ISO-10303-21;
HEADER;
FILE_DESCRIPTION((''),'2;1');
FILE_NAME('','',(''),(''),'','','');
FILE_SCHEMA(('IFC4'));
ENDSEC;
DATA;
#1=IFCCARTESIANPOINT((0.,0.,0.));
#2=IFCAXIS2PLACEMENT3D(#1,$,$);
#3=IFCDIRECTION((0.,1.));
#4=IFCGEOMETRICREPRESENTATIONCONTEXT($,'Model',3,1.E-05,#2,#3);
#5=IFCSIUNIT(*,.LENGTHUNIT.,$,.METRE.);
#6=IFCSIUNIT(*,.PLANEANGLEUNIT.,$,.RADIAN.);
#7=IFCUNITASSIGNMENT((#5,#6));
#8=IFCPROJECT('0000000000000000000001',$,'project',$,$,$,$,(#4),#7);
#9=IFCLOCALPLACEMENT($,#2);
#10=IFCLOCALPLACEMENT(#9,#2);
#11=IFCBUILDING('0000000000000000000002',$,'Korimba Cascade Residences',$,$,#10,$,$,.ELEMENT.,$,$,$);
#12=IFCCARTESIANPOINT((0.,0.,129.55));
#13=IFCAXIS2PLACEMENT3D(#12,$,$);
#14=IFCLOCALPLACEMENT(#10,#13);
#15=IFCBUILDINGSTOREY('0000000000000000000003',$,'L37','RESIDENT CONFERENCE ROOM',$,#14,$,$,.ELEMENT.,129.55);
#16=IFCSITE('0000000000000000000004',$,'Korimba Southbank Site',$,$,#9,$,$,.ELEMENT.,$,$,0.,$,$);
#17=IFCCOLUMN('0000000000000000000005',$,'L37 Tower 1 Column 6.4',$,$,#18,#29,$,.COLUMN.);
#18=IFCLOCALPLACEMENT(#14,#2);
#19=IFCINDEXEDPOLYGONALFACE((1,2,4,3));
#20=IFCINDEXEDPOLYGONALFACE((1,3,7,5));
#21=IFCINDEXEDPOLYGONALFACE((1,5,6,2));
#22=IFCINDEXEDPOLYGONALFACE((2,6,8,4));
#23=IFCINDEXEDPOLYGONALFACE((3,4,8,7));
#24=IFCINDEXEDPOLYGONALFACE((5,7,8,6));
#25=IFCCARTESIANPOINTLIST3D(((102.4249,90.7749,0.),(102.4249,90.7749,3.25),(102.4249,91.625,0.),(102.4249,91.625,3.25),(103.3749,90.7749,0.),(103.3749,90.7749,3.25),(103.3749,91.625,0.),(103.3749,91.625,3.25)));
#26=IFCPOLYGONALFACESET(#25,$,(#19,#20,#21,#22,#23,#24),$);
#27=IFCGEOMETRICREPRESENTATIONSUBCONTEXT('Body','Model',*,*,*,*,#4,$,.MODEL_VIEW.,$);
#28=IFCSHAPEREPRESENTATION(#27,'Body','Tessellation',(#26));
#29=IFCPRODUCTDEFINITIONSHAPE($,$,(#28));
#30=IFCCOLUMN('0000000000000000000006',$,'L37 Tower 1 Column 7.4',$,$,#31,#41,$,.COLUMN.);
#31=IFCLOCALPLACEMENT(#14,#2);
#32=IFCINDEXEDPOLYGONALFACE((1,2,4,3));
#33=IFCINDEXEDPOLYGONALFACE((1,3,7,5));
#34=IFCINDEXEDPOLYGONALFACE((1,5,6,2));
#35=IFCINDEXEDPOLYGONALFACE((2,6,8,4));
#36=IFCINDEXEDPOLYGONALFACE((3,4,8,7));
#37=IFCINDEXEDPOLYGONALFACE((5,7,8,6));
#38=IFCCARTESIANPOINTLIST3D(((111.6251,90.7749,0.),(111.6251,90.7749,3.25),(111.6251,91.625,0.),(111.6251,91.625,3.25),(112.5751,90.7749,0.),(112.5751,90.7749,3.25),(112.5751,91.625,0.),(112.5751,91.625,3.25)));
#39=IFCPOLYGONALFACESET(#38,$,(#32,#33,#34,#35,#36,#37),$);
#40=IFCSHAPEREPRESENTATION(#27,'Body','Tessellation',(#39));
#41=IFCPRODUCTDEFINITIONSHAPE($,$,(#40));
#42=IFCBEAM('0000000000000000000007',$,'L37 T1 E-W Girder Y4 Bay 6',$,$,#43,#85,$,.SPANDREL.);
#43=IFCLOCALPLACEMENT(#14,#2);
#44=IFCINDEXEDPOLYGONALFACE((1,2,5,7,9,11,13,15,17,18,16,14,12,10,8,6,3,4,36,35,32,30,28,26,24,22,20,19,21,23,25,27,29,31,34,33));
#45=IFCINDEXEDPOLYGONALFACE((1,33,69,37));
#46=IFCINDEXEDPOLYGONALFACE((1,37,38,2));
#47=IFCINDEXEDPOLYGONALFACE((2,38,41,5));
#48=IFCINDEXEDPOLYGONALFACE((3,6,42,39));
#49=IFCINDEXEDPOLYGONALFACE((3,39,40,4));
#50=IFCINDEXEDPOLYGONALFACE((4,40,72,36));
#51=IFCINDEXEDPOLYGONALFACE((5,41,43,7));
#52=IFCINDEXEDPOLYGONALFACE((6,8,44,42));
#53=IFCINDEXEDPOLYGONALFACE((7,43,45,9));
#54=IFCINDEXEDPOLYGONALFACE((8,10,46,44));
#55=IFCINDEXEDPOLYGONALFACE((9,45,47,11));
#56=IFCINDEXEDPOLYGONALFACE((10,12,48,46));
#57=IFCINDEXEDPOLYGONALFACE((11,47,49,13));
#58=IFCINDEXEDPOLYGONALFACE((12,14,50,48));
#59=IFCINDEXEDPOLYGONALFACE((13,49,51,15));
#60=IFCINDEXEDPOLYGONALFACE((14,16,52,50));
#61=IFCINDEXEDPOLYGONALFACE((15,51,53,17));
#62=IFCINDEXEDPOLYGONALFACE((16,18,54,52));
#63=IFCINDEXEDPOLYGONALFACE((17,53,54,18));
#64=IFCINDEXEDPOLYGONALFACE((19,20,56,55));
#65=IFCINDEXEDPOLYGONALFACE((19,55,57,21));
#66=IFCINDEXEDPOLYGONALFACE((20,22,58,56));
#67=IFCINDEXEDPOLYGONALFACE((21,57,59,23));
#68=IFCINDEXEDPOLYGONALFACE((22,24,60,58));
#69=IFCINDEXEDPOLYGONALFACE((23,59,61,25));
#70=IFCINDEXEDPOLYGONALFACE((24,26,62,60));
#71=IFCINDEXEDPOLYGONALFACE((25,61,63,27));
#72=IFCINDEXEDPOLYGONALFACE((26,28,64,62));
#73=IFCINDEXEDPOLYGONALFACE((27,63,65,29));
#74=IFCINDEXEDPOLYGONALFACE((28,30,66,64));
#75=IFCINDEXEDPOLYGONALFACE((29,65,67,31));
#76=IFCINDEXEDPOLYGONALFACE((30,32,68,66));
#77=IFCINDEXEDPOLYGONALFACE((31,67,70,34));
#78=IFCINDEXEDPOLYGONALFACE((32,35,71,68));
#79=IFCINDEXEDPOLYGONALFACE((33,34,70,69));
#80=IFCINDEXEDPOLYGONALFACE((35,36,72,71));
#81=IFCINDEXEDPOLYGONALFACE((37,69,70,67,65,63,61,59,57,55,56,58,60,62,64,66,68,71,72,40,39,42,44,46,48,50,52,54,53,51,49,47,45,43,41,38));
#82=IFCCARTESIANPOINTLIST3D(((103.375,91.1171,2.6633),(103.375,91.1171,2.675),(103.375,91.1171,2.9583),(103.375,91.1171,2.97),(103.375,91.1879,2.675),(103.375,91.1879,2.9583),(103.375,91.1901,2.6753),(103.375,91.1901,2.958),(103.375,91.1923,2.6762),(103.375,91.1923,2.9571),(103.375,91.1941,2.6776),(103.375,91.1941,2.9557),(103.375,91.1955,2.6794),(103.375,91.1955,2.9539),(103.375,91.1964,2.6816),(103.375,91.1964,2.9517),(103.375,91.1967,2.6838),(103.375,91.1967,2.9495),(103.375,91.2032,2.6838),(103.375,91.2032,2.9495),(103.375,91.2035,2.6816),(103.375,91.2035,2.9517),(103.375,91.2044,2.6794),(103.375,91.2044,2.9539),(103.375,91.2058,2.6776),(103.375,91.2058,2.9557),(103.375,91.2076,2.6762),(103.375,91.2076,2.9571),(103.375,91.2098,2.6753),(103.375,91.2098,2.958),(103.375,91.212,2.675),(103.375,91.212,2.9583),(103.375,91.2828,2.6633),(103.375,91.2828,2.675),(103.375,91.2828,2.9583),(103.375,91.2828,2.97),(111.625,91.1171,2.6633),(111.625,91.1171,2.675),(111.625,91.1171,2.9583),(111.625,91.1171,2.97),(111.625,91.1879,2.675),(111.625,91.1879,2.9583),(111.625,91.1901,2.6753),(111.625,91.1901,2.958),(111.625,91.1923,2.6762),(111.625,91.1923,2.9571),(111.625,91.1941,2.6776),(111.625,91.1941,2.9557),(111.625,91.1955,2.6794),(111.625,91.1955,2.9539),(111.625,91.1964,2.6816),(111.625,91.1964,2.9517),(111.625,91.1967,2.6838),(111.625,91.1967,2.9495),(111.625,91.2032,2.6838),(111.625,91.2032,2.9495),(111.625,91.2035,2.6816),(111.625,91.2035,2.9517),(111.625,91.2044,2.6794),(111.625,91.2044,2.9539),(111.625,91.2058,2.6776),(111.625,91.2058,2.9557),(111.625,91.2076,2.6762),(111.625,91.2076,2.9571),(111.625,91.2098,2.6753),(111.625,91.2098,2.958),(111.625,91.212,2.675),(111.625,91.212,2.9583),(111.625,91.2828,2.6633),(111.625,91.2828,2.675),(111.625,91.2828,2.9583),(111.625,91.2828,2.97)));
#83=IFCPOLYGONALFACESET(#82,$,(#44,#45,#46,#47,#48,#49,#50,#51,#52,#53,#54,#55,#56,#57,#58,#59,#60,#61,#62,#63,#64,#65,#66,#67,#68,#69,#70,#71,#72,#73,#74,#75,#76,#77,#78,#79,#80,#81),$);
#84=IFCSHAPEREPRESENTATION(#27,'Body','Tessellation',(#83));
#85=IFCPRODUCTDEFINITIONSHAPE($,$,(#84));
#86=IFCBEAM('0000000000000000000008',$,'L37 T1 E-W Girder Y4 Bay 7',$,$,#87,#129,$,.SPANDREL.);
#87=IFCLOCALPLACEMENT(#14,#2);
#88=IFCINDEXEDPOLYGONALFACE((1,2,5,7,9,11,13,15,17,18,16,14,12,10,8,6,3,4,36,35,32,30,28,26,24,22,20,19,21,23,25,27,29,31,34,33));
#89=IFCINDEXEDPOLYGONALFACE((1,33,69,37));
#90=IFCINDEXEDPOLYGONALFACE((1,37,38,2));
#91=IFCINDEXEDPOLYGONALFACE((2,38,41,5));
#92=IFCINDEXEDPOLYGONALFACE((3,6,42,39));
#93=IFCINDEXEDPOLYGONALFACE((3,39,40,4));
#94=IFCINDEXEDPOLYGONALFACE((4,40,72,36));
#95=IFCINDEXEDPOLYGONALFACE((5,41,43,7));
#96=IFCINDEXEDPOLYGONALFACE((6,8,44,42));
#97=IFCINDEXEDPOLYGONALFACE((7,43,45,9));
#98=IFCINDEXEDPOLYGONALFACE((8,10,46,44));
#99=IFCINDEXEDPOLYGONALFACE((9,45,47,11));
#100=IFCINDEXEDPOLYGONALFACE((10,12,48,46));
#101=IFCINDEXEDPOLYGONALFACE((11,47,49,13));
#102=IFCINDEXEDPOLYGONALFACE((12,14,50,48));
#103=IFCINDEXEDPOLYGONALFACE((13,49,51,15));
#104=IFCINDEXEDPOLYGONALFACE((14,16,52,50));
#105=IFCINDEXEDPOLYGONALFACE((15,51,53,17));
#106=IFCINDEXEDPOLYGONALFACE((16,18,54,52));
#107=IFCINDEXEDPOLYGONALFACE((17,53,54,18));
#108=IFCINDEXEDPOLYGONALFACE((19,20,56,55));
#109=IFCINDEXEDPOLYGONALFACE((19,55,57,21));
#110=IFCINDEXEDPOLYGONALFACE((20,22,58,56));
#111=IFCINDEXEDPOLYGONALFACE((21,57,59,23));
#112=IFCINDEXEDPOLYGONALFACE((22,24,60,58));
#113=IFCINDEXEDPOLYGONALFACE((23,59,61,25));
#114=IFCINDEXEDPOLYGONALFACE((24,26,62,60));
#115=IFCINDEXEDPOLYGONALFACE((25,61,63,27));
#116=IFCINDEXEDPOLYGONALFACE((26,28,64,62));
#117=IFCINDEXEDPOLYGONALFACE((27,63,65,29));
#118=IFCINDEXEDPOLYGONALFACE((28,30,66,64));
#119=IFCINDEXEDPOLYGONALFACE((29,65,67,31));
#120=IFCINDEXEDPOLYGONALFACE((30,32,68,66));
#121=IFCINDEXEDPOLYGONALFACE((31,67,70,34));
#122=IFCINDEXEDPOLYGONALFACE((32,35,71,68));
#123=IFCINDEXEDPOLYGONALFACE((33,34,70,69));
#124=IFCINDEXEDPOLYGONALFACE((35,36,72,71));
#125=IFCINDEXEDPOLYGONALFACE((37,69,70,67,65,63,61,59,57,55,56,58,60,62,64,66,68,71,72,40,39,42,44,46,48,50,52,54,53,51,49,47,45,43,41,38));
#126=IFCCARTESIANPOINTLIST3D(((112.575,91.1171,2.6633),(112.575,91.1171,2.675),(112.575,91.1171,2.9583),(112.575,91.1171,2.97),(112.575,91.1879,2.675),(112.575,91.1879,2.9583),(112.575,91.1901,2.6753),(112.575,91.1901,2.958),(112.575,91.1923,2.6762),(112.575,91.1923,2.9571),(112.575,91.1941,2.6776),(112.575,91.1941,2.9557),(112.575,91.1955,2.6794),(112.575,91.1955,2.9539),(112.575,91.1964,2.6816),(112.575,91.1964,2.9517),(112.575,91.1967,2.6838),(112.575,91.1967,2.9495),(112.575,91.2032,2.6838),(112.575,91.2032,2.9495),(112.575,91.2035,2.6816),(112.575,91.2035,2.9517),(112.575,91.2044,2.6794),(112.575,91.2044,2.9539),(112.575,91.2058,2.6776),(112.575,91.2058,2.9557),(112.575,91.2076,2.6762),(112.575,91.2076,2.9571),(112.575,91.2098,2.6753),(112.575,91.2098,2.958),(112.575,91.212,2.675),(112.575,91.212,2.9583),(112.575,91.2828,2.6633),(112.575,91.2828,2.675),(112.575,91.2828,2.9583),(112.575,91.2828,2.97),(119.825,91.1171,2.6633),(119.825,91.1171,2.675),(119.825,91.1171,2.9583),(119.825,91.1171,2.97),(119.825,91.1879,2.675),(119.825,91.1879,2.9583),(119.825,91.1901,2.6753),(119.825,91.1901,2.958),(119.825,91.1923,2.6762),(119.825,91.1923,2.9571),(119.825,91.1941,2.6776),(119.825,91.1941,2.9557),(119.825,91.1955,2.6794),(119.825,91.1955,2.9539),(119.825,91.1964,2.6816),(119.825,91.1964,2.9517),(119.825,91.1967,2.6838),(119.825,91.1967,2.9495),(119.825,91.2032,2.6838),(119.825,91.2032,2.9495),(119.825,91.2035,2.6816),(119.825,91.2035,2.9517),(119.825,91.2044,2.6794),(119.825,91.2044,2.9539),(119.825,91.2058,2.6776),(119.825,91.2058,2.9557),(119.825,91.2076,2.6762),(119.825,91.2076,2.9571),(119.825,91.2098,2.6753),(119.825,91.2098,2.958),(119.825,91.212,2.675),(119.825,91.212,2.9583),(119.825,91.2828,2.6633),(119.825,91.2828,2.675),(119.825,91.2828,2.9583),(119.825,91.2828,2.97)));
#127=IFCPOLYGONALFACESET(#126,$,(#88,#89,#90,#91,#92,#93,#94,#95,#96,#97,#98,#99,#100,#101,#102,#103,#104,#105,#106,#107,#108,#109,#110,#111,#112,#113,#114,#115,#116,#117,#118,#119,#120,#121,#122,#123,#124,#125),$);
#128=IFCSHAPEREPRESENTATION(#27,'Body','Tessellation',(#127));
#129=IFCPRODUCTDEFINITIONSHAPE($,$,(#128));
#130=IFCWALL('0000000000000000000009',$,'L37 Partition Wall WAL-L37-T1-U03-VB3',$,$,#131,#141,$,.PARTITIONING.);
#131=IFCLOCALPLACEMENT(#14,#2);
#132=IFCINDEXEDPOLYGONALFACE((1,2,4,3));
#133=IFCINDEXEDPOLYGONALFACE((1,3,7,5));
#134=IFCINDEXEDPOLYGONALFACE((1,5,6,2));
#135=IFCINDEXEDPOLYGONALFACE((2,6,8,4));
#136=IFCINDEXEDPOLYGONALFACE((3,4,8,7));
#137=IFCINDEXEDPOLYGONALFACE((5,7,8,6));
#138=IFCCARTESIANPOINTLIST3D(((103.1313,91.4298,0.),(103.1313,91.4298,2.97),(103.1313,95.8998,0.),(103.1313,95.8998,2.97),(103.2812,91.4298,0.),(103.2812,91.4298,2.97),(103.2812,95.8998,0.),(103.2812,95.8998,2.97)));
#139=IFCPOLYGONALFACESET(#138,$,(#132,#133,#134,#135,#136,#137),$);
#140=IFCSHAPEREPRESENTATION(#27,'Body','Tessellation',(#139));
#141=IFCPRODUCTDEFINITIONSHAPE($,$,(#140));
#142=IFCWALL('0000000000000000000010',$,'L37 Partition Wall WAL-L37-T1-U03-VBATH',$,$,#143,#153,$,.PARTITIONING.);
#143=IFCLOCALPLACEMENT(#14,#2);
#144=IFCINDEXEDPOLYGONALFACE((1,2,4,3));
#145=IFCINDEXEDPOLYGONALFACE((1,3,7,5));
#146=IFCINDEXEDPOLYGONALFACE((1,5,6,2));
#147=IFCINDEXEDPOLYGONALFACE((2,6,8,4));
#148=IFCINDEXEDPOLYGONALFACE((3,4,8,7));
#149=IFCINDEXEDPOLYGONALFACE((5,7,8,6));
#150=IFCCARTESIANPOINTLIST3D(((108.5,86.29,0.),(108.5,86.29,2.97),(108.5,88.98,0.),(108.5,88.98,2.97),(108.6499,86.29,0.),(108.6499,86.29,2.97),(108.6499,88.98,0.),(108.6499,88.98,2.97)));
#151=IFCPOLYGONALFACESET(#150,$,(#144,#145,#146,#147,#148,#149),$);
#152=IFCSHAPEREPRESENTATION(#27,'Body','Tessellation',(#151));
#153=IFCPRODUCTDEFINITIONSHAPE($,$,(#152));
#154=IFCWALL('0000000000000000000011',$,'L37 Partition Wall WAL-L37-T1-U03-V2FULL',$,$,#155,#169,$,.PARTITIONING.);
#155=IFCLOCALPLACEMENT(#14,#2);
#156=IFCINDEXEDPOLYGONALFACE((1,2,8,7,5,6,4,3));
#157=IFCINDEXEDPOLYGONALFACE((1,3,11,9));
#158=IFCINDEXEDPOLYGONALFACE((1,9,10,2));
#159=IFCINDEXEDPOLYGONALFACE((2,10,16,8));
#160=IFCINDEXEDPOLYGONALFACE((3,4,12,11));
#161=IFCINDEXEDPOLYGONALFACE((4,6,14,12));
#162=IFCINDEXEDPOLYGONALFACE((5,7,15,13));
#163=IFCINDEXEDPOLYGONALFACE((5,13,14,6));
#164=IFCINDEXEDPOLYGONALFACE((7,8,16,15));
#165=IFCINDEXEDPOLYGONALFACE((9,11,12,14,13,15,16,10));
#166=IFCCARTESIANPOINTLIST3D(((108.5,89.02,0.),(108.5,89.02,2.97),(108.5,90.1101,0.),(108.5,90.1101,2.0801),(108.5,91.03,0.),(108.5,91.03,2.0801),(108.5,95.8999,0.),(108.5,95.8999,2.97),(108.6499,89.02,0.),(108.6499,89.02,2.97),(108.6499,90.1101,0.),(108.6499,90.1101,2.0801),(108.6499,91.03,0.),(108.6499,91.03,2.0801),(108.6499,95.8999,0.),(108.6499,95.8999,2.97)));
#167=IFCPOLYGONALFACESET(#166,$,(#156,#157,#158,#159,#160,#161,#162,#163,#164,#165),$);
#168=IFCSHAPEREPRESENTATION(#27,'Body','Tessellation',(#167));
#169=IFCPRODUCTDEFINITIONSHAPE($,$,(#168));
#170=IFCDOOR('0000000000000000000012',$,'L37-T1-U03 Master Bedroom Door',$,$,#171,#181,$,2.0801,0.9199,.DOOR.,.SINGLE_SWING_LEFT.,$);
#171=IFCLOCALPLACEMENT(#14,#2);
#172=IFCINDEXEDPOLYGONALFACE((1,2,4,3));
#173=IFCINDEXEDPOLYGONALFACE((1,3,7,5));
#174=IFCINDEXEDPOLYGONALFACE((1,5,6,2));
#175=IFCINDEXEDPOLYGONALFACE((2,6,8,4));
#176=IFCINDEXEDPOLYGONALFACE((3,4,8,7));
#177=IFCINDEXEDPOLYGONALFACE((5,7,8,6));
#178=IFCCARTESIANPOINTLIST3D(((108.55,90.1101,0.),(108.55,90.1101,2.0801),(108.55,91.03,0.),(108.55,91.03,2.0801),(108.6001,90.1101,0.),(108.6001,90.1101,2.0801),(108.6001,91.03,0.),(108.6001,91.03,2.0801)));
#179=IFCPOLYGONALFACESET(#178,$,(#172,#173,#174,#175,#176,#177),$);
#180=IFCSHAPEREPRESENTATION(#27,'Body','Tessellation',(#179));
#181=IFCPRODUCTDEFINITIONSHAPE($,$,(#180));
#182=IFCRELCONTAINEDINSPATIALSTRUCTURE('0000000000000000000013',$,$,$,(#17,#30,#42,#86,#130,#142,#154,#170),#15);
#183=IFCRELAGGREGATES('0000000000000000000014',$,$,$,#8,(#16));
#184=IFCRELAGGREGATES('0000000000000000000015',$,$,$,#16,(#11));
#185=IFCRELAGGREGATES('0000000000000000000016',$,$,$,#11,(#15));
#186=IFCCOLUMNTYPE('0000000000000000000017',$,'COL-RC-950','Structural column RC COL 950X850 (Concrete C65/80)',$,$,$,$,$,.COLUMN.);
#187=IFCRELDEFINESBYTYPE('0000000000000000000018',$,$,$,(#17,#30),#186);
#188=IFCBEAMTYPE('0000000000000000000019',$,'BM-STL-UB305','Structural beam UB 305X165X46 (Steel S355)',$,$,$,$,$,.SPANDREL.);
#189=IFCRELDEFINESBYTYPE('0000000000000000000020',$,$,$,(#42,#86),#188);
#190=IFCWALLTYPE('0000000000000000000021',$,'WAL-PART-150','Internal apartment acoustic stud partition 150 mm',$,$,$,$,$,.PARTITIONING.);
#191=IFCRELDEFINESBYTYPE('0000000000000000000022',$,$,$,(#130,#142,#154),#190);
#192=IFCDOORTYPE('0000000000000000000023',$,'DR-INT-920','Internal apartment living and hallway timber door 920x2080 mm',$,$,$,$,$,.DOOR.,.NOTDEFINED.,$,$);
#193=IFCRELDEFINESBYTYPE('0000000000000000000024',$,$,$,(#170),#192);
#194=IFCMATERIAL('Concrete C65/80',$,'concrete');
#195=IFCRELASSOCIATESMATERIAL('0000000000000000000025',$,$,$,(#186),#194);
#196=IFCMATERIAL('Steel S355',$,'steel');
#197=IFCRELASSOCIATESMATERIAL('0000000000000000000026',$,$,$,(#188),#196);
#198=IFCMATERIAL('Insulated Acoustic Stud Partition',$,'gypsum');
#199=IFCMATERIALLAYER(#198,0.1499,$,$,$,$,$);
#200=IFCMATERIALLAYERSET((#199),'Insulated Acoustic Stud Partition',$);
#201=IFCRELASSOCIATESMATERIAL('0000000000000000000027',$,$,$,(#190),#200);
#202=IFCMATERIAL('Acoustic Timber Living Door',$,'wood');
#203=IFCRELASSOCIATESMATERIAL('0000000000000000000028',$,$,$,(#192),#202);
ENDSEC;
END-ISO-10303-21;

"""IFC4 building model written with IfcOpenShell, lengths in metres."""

from ifc_helpers import new_model, si_unit, direction, frame, frame_2d, origin, origin_2d, place, context, subcontext, project, spatial, rectangle, i_section, extrude, material, layer, layer_set, material_profile, profile_set, type_object, element, fill, save


model = new_model("IFC4")

# Units and contexts
model_context = context("Model", 3, precision=1e-05, world=origin(), true_north=direction((0.0, 1.0)))
body_context = subcontext(model_context, "Body", "Model", "MODEL_VIEW")
ifc_project = project(units=[si_unit("LENGTHUNIT", "METRE"), si_unit("PLANEANGLEUNIT", "RADIAN")], contexts=[model_context])

# Site, building, storey
site_placement = place(None, origin())
site = spatial("IfcSite", under=ifc_project, at=site_placement, Name="Korimba Southbank Site", CompositionType="ELEMENT", RefElevation=0.0)
building_placement = place(site_placement, origin())
building = spatial("IfcBuilding", under=site, at=building_placement, Name="Korimba Cascade Residences", CompositionType="ELEMENT")
storey_placement = place(building_placement, frame((0.0, 0.0, 129.55)))
storey = spatial("IfcBuildingStorey", under=building, at=storey_placement, Name="L37", Description="RESIDENT CONFERENCE ROOM", CompositionType="ELEMENT", Elevation=129.55)

# Columns
ifc_material_1 = material(Name="Concrete C65/80", Category="concrete")
ifc_material_profile_1 = material_profile(ifc_material_1, rectangle(XDim=0.95, YDim=0.8501, at=origin_2d()), Name="Concrete C65/80")
ifc_profile_set_1 = profile_set([ifc_material_profile_1], Name="Concrete C65/80")
column_type = type_object("IfcColumnType", Name="COL-RC-950", Description="Structural column RC COL 950X850 (Concrete C65/80)", PredefinedType="COLUMN", material=ifc_profile_set_1)
for number, where, z_axis, x_axis, name in (
    (1, (102.8999, 91.2, 0.0), (0.0, 0.0, 1.0), (1.0, 0.0, 0.0), "L37 Tower 1 Column 6.4"),
    (2, (112.1001, 91.2, 0.0), (0.0, 0.0, 1.0), (1.0, 0.0, 0.0), "L37 Tower 1 Column 7.4"),
):
    element("IfcColumn", number, at=place(storey_placement, frame(where, z_axis=z_axis, x_axis=x_axis)), inside=storey, type_object=column_type, Name=name, PredefinedType="COLUMN", context=body_context, shape_type="SweptSolid", body=[
        extrude(rectangle(XDim=0.95, YDim=0.8501, at=origin_2d()), origin(), (0.0, 0.0, 1.0), 3.25),
    ])

# Beams
ifc_material_2 = material(Name="Steel S355", Category="steel")
ifc_material_profile_2 = material_profile(ifc_material_2, i_section(OverallWidth=0.1658, OverallDepth=0.3066, WebThickness=0.0066, FlangeThickness=0.0117, FilletRadius=0.0088, at=origin_2d()), Name="Steel S355")
ifc_profile_set_2 = profile_set([ifc_material_profile_2], Name="Steel S355")
beam_type = type_object("IfcBeamType", Name="BM-STL-UB305", Description="Structural beam UB 305X165X46 (Steel S355)", PredefinedType="SPANDREL", material=ifc_profile_set_2)
beam_1_placement = place(storey_placement, frame((103.375, 91.2, 2.8167), z_axis=(1.0, 0.0, 0.0), x_axis=(0.0, 1.0, 0.0)))
element("IfcBeam", 3, at=beam_1_placement, inside=storey, type_object=beam_type, Name="L37 T1 E-W Girder Y4 Bay 6", PredefinedType="SPANDREL", context=body_context, shape_type="SweptSolid", body=[
    extrude(i_section(OverallWidth=0.1658, OverallDepth=0.3066, WebThickness=0.0066, FlangeThickness=0.0117, FilletRadius=0.0088, at=origin_2d()), origin(), (0.0, 0.0, 1.0), 8.25),
])
beam_2_placement = place(storey_placement, frame((112.575, 91.2, 2.8167), z_axis=(1.0, 0.0, 0.0), x_axis=(0.0, 1.0, 0.0)))
element("IfcBeam", 4, at=beam_2_placement, inside=storey, type_object=beam_type, Name="L37 T1 E-W Girder Y4 Bay 7", PredefinedType="SPANDREL", context=body_context, shape_type="SweptSolid", body=[
    extrude(i_section(OverallWidth=0.1658, OverallDepth=0.3066, WebThickness=0.0066, FlangeThickness=0.0117, FilletRadius=0.0088, at=origin_2d()), origin(), (0.0, 0.0, 1.0), 7.25),
])

# Walls
ifc_material_3 = material(Name="Insulated Acoustic Stud Partition", Category="gypsum")
ifc_layer = layer(ifc_material_3, 0.1499)
ifc_layer_set = layer_set([ifc_layer], Name="Insulated Acoustic Stud Partition")
wall_type = type_object("IfcWallType", Name="WAL-PART-150", Description="Internal apartment acoustic stud partition 150 mm", PredefinedType="PARTITIONING", material=ifc_layer_set)
wall_1_placement = place(storey_placement, frame((103.2063, 91.4299, 0.0), z_axis=(0.0, 0.0, 1.0), x_axis=(0.0, 1.0, 0.0)))
element("IfcWall", 5, at=wall_1_placement, inside=storey, type_object=wall_type, Name="L37 Partition Wall WAL-L37-T1-U03-VB3", PredefinedType="PARTITIONING", context=body_context, shape_type="SweptSolid", body=[
    extrude(rectangle(XDim=4.47, YDim=0.1499, at=frame_2d((2.2349, 0.0))), origin(), (0.0, 0.0, 1.0), 2.97),
])
wall_2_placement = place(storey_placement, frame((108.575, 86.29, 0.0), z_axis=(0.0, 0.0, 1.0), x_axis=(0.0, 1.0, 0.0)))
element("IfcWall", 6, at=wall_2_placement, inside=storey, type_object=wall_type, Name="L37 Partition Wall WAL-L37-T1-U03-VBATH", PredefinedType="PARTITIONING", context=body_context, shape_type="SweptSolid", body=[
    extrude(rectangle(XDim=2.6899, YDim=0.1499, at=frame_2d((1.345, 0.0))), origin(), (0.0, 0.0, 1.0), 2.97),
])

# Wall, opening, door
wall_3_placement = place(storey_placement, frame((108.575, 89.02, 0.0), z_axis=(0.0, 0.0, 1.0), x_axis=(0.0, 1.0, 0.0)))
wall_3 = element("IfcWall", 7, at=wall_3_placement, inside=storey, type_object=wall_type, Name="L37 Partition Wall WAL-L37-T1-U03-V2FULL", PredefinedType="PARTITIONING", context=body_context, shape_type="SweptSolid", body=[
    extrude(rectangle(XDim=6.8799, YDim=0.1499, at=frame_2d((3.4399, 0.0))), origin(), (0.0, 0.0, 1.0), 2.97),
])
opening_1_placement = place(wall_3_placement, frame((1.0901, 0.0, 0.0)))
opening_1 = element("IfcOpeningElement", 8, at=opening_1_placement, cuts=wall_3, PredefinedType="OPENING", context=body_context, shape_type="SweptSolid", body=[
    extrude(rectangle(XDim=0.9199, YDim=2.0801, at=frame_2d((0.46, 1.04))), frame((0.0, 0.085, 0.0), z_axis=(0.0, -1.0, 0.0), x_axis=(1.0, 0.0, 0.0)), (0.0, 0.0, 1.0), 0.1699),
])
ifc_material_4 = material(Name="Acoustic Timber Living Door", Category="wood")
door_type_1 = type_object("IfcDoorType", Name="DR-INT-920", Description="Internal apartment living and hallway timber door 920x2080 mm", OperationType="NOTDEFINED", PredefinedType="DOOR", material=ifc_material_4)
door_1_placement = place(opening_1_placement, origin())
door_1 = element("IfcDoor", 9, at=door_1_placement, inside=storey, type_object=door_type_1, Name="L37-T1-U03 Master Bedroom Door", OperationType="SINGLE_SWING_LEFT", OverallHeight=2.0801, OverallWidth=0.9199, PredefinedType="DOOR", context=body_context, shape_type="SweptSolid", body=[
    extrude(rectangle(XDim=0.9199, YDim=2.0801, at=frame_2d((0.46, 1.04))), frame((0.0, 0.0249, 0.0), z_axis=(0.0, -1.0, 0.0), x_axis=(1.0, 0.0, 0.0)), (0.0, 0.0, 1.0), 0.05),
])
fill(opening_1, door_1)

save(model, "model.ifc")
